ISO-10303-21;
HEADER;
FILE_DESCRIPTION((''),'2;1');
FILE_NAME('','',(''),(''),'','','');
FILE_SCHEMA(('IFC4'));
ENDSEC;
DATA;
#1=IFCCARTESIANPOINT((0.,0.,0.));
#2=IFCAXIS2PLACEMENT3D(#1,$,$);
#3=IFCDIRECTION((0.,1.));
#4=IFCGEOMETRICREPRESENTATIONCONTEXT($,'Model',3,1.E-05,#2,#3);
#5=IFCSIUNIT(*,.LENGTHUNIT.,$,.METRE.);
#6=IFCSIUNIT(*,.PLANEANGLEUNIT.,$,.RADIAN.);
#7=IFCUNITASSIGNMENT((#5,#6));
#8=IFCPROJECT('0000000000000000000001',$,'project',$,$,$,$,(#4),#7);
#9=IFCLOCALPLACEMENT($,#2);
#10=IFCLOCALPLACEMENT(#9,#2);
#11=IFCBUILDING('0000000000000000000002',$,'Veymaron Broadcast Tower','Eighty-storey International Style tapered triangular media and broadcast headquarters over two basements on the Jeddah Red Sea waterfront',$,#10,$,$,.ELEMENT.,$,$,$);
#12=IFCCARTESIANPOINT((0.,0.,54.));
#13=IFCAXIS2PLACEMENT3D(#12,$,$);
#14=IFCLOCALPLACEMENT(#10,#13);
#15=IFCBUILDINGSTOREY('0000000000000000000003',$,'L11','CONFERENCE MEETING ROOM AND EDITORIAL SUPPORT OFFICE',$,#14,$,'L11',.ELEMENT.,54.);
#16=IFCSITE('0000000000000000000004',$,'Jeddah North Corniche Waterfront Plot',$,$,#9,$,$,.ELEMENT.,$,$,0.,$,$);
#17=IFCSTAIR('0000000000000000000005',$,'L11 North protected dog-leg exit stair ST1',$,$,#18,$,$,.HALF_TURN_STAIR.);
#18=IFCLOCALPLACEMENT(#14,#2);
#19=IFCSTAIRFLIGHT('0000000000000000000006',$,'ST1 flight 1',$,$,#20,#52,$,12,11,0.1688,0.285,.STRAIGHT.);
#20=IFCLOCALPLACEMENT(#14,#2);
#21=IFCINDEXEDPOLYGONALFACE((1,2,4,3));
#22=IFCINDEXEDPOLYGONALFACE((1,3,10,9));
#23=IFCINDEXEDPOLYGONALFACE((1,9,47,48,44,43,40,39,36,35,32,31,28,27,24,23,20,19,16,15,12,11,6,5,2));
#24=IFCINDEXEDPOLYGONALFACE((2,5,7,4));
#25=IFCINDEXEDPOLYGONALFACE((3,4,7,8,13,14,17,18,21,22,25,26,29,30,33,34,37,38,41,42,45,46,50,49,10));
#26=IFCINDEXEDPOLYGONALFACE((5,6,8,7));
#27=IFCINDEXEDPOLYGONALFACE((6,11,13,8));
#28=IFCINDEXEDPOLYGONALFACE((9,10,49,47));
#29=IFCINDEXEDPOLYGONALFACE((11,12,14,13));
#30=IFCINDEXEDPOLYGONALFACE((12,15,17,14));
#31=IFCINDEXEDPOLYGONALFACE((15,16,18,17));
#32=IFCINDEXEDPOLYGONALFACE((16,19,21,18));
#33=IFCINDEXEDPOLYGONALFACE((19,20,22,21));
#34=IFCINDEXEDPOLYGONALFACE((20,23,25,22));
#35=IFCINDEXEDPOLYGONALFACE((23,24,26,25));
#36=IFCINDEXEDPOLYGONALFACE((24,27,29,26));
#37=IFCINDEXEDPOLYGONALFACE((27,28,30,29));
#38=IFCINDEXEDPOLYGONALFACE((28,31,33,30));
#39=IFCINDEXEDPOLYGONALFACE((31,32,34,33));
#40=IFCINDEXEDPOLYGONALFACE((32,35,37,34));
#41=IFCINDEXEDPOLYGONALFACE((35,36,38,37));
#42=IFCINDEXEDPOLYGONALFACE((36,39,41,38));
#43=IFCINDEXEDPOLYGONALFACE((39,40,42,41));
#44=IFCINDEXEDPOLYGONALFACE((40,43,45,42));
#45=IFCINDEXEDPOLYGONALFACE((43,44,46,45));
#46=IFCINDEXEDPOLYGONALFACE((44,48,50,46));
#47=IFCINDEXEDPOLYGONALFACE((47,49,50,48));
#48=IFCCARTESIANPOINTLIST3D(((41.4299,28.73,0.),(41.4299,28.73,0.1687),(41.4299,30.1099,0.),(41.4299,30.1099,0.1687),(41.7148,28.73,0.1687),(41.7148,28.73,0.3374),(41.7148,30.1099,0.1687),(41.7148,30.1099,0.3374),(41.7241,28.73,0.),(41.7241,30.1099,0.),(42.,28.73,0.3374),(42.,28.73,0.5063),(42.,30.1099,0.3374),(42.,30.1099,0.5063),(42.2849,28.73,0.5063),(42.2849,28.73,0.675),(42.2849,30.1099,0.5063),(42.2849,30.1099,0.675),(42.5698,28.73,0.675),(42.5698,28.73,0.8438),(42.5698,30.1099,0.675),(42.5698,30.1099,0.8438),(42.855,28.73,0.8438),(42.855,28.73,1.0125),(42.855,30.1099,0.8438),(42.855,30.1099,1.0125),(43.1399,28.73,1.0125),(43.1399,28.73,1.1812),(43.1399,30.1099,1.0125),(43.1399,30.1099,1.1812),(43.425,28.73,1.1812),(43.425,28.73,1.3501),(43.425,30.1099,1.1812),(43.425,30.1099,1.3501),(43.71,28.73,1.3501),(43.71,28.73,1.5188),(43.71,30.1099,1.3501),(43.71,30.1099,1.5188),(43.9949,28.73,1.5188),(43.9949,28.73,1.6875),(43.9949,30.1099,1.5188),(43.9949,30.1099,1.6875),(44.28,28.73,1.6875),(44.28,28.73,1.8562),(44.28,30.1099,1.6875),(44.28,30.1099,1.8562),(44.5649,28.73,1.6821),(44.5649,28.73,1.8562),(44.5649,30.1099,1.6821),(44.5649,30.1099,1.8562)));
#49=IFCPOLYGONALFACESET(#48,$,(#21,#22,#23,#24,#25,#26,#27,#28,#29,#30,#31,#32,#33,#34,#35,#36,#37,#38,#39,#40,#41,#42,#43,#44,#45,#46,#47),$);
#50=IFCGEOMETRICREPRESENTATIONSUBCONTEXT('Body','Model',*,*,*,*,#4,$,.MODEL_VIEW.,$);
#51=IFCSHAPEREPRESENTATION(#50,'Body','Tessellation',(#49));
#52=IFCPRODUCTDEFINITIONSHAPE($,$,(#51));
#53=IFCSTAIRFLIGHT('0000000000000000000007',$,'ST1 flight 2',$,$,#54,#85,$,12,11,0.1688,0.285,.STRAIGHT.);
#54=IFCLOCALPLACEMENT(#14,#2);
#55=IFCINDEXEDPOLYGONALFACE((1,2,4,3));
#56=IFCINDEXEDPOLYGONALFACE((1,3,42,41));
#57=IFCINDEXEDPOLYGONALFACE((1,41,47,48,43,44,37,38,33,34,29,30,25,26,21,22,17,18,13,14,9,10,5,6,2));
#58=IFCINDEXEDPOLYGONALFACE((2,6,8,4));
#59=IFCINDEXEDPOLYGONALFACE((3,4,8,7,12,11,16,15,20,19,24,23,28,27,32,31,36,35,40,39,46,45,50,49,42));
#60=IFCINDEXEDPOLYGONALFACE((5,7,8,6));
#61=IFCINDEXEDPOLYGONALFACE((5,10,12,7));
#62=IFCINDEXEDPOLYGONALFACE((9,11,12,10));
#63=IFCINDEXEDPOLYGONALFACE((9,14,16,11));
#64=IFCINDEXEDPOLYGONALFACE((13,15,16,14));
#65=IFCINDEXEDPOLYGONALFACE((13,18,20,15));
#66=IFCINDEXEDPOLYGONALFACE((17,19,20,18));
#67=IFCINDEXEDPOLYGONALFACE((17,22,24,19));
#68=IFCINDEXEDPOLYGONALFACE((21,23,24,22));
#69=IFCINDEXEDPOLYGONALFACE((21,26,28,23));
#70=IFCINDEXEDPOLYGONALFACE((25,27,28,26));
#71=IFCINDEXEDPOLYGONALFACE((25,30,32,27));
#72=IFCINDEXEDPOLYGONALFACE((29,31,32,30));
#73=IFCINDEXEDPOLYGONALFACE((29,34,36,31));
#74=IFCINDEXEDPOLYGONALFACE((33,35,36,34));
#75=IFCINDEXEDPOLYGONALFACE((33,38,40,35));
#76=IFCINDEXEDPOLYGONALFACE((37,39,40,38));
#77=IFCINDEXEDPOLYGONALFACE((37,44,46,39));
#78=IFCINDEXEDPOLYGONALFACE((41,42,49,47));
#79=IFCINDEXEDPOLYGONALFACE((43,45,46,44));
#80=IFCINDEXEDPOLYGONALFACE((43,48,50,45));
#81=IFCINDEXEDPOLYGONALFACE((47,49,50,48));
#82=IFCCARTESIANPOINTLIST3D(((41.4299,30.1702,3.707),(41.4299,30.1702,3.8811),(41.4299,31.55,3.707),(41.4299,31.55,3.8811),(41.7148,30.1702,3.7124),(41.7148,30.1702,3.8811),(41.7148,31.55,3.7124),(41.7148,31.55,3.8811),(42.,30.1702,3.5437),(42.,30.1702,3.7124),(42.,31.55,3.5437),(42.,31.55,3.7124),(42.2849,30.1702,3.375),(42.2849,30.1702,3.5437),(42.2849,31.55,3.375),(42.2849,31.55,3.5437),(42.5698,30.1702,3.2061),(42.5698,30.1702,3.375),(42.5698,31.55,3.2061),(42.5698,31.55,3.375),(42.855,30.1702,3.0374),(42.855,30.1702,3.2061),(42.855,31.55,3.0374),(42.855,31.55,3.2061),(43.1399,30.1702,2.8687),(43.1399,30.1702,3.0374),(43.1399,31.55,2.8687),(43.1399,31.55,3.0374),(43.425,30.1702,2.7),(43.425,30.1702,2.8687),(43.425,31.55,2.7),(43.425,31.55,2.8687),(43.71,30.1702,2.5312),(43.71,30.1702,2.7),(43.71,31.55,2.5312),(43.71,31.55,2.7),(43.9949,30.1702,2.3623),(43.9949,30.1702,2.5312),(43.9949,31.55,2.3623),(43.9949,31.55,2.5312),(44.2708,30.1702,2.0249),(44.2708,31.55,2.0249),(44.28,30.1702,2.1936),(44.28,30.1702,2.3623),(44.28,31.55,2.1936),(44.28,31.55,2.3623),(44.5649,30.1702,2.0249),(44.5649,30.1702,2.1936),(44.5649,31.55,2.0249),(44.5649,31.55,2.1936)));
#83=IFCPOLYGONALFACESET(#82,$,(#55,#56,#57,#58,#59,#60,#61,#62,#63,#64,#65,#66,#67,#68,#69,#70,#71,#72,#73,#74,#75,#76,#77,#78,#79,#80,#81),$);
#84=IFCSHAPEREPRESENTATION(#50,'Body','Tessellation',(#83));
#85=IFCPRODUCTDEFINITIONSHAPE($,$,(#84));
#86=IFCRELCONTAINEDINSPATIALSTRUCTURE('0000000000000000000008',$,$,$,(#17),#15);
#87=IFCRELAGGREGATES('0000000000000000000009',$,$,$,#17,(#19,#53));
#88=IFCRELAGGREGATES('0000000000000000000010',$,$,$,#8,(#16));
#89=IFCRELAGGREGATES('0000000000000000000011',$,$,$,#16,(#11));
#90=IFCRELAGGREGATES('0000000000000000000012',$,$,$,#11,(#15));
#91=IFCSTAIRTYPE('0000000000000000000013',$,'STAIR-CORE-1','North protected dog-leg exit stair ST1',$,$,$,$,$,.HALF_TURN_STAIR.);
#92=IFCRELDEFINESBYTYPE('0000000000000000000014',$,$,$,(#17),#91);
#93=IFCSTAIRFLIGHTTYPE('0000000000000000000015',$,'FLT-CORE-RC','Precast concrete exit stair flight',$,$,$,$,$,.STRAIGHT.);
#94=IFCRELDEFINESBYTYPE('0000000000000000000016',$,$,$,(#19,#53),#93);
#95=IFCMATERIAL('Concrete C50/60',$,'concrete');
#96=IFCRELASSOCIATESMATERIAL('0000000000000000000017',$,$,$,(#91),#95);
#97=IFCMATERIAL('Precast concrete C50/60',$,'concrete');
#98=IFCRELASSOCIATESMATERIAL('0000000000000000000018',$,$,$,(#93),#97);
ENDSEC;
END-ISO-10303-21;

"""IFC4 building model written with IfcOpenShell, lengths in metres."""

from ifc_helpers import new_model, si_unit, direction, frame, origin, place, context, subcontext, project, spatial, polyline, outline, extrude, material, type_object, element, aggregate, save


model = new_model("IFC4")

# Units and contexts
model_context = context("Model", 3, precision=1e-05, world=origin(), true_north=direction((0.0, 1.0)))
body_context = subcontext(model_context, "Body", "Model", "MODEL_VIEW")
ifc_project = project(units=[si_unit("LENGTHUNIT", "METRE"), si_unit("PLANEANGLEUNIT", "RADIAN")], contexts=[model_context])

# Site, building, storey
site_placement = place(None, origin())
site = spatial("IfcSite", under=ifc_project, at=site_placement, Name="Jeddah North Corniche Waterfront Plot", CompositionType="ELEMENT", RefElevation=0.0)
building_placement = place(site_placement, origin())
building = spatial("IfcBuilding", under=site, at=building_placement, Name="Veymaron Broadcast Tower", Description="Eighty-storey International Style tapered triangular media and broadcast headquarters over two basements on the Jeddah Red Sea waterfront", CompositionType="ELEMENT")
storey_placement = place(building_placement, frame((0.0, 0.0, 54.0)))
storey = spatial("IfcBuildingStorey", under=building, at=storey_placement, Name="L11", Description="CONFERENCE MEETING ROOM AND EDITORIAL SUPPORT OFFICE", LongName="L11", CompositionType="ELEMENT", Elevation=54.0)

# Shared definitions
ifc_material_1 = material(Name="Concrete C50/60", Category="concrete")

# Stair, stair flights
stair_type = type_object("IfcStairType", Name="STAIR-CORE-1", Description="North protected dog-leg exit stair ST1", PredefinedType="HALF_TURN_STAIR", material=ifc_material_1)
stair_placement = place(storey_placement, origin())
stair = element("IfcStair", 1, at=stair_placement, inside=storey, type_object=stair_type, Name="L11 North protected dog-leg exit stair ST1", PredefinedType="HALF_TURN_STAIR")
ifc_material_2 = material(Name="Precast concrete C50/60", Category="concrete")
stair_flight_type = type_object("IfcStairFlightType", Name="FLT-CORE-RC", Description="Precast concrete exit stair flight", PredefinedType="STRAIGHT", material=ifc_material_2)
stair_flight_1_placement = place(storey_placement, frame((41.4299, 29.4199, 0.0), z_axis=(0.0, 0.0, 1.0), x_axis=(1.0, 0.0, 0.0)))
stair_flight_1 = element("IfcStairFlight", 2, at=stair_flight_1_placement, type_object=stair_flight_type, Name="ST1 flight 1", NumberOfRisers=12, NumberOfTreads=11, PredefinedType="STRAIGHT", RiserHeight=0.1688, TreadLength=0.285, context=body_context, shape_type="SweptSolid", body=[
    extrude(outline(polyline([(0.0, 0.0), (0.0, 0.1687), (0.2849, 0.1687), (0.2849, 0.3374), (0.5701, 0.3374), (0.5701, 0.5063), (0.855, 0.5063), (0.855, 0.675), (1.1399, 0.675), (1.1399, 0.8438), (1.425, 0.8438), (1.425, 1.0125), (1.71, 1.0125), (1.71, 1.1812), (1.9951, 1.1812), (1.9951, 1.3501), (2.28, 1.3501), (2.28, 1.5188), (2.5649, 1.5188), (2.5649, 1.6875), (2.8501, 1.6875), (2.8501, 1.8562), (3.135, 1.8562), (3.135, 2.0249), (3.135, 1.6821), (0.2942, 0.0), (0.0, 0.0)])), frame((0.0, 0.6899, 0.0), z_axis=(0.0, -1.0, 0.0), x_axis=(1.0, 0.0, 0.0)), (0.0, 0.0, 1.0), 1.3799),
])
stair_flight_2_placement = place(storey_placement, frame((44.5649, 30.8601, 2.0249), z_axis=(0.0, 0.0, 1.0), x_axis=(-1.0, 0.0, 0.0)))
stair_flight_2 = element("IfcStairFlight", 3, at=stair_flight_2_placement, type_object=stair_flight_type, Name="ST1 flight 2", NumberOfRisers=12, NumberOfTreads=11, PredefinedType="STRAIGHT", RiserHeight=0.1688, TreadLength=0.285, context=body_context, shape_type="SweptSolid", body=[
    extrude(outline(polyline([(0.0, 0.0), (0.0, 0.1687), (0.2849, 0.1687), (0.2849, 0.3374), (0.5701, 0.3374), (0.5701, 0.5063), (0.855, 0.5063), (0.855, 0.675), (1.1399, 0.675), (1.1399, 0.8438), (1.425, 0.8438), (1.425, 1.0125), (1.71, 1.0125), (1.71, 1.1812), (1.9951, 1.1812), (1.9951, 1.3501), (2.28, 1.3501), (2.28, 1.5188), (2.5649, 1.5188), (2.5649, 1.6875), (2.8501, 1.6875), (2.8501, 1.8562), (3.135, 1.8562), (3.135, 2.0249), (3.135, 1.6821), (0.2942, 0.0), (0.0, 0.0)])), frame((0.0, 0.6899, 0.0), z_axis=(0.0, -1.0, 0.0), x_axis=(1.0, 0.0, 0.0)), (0.0, 0.0, 1.0), 1.3799),
])
aggregate(stair, [stair_flight_1, stair_flight_2])

save(model, "model.ifc")
